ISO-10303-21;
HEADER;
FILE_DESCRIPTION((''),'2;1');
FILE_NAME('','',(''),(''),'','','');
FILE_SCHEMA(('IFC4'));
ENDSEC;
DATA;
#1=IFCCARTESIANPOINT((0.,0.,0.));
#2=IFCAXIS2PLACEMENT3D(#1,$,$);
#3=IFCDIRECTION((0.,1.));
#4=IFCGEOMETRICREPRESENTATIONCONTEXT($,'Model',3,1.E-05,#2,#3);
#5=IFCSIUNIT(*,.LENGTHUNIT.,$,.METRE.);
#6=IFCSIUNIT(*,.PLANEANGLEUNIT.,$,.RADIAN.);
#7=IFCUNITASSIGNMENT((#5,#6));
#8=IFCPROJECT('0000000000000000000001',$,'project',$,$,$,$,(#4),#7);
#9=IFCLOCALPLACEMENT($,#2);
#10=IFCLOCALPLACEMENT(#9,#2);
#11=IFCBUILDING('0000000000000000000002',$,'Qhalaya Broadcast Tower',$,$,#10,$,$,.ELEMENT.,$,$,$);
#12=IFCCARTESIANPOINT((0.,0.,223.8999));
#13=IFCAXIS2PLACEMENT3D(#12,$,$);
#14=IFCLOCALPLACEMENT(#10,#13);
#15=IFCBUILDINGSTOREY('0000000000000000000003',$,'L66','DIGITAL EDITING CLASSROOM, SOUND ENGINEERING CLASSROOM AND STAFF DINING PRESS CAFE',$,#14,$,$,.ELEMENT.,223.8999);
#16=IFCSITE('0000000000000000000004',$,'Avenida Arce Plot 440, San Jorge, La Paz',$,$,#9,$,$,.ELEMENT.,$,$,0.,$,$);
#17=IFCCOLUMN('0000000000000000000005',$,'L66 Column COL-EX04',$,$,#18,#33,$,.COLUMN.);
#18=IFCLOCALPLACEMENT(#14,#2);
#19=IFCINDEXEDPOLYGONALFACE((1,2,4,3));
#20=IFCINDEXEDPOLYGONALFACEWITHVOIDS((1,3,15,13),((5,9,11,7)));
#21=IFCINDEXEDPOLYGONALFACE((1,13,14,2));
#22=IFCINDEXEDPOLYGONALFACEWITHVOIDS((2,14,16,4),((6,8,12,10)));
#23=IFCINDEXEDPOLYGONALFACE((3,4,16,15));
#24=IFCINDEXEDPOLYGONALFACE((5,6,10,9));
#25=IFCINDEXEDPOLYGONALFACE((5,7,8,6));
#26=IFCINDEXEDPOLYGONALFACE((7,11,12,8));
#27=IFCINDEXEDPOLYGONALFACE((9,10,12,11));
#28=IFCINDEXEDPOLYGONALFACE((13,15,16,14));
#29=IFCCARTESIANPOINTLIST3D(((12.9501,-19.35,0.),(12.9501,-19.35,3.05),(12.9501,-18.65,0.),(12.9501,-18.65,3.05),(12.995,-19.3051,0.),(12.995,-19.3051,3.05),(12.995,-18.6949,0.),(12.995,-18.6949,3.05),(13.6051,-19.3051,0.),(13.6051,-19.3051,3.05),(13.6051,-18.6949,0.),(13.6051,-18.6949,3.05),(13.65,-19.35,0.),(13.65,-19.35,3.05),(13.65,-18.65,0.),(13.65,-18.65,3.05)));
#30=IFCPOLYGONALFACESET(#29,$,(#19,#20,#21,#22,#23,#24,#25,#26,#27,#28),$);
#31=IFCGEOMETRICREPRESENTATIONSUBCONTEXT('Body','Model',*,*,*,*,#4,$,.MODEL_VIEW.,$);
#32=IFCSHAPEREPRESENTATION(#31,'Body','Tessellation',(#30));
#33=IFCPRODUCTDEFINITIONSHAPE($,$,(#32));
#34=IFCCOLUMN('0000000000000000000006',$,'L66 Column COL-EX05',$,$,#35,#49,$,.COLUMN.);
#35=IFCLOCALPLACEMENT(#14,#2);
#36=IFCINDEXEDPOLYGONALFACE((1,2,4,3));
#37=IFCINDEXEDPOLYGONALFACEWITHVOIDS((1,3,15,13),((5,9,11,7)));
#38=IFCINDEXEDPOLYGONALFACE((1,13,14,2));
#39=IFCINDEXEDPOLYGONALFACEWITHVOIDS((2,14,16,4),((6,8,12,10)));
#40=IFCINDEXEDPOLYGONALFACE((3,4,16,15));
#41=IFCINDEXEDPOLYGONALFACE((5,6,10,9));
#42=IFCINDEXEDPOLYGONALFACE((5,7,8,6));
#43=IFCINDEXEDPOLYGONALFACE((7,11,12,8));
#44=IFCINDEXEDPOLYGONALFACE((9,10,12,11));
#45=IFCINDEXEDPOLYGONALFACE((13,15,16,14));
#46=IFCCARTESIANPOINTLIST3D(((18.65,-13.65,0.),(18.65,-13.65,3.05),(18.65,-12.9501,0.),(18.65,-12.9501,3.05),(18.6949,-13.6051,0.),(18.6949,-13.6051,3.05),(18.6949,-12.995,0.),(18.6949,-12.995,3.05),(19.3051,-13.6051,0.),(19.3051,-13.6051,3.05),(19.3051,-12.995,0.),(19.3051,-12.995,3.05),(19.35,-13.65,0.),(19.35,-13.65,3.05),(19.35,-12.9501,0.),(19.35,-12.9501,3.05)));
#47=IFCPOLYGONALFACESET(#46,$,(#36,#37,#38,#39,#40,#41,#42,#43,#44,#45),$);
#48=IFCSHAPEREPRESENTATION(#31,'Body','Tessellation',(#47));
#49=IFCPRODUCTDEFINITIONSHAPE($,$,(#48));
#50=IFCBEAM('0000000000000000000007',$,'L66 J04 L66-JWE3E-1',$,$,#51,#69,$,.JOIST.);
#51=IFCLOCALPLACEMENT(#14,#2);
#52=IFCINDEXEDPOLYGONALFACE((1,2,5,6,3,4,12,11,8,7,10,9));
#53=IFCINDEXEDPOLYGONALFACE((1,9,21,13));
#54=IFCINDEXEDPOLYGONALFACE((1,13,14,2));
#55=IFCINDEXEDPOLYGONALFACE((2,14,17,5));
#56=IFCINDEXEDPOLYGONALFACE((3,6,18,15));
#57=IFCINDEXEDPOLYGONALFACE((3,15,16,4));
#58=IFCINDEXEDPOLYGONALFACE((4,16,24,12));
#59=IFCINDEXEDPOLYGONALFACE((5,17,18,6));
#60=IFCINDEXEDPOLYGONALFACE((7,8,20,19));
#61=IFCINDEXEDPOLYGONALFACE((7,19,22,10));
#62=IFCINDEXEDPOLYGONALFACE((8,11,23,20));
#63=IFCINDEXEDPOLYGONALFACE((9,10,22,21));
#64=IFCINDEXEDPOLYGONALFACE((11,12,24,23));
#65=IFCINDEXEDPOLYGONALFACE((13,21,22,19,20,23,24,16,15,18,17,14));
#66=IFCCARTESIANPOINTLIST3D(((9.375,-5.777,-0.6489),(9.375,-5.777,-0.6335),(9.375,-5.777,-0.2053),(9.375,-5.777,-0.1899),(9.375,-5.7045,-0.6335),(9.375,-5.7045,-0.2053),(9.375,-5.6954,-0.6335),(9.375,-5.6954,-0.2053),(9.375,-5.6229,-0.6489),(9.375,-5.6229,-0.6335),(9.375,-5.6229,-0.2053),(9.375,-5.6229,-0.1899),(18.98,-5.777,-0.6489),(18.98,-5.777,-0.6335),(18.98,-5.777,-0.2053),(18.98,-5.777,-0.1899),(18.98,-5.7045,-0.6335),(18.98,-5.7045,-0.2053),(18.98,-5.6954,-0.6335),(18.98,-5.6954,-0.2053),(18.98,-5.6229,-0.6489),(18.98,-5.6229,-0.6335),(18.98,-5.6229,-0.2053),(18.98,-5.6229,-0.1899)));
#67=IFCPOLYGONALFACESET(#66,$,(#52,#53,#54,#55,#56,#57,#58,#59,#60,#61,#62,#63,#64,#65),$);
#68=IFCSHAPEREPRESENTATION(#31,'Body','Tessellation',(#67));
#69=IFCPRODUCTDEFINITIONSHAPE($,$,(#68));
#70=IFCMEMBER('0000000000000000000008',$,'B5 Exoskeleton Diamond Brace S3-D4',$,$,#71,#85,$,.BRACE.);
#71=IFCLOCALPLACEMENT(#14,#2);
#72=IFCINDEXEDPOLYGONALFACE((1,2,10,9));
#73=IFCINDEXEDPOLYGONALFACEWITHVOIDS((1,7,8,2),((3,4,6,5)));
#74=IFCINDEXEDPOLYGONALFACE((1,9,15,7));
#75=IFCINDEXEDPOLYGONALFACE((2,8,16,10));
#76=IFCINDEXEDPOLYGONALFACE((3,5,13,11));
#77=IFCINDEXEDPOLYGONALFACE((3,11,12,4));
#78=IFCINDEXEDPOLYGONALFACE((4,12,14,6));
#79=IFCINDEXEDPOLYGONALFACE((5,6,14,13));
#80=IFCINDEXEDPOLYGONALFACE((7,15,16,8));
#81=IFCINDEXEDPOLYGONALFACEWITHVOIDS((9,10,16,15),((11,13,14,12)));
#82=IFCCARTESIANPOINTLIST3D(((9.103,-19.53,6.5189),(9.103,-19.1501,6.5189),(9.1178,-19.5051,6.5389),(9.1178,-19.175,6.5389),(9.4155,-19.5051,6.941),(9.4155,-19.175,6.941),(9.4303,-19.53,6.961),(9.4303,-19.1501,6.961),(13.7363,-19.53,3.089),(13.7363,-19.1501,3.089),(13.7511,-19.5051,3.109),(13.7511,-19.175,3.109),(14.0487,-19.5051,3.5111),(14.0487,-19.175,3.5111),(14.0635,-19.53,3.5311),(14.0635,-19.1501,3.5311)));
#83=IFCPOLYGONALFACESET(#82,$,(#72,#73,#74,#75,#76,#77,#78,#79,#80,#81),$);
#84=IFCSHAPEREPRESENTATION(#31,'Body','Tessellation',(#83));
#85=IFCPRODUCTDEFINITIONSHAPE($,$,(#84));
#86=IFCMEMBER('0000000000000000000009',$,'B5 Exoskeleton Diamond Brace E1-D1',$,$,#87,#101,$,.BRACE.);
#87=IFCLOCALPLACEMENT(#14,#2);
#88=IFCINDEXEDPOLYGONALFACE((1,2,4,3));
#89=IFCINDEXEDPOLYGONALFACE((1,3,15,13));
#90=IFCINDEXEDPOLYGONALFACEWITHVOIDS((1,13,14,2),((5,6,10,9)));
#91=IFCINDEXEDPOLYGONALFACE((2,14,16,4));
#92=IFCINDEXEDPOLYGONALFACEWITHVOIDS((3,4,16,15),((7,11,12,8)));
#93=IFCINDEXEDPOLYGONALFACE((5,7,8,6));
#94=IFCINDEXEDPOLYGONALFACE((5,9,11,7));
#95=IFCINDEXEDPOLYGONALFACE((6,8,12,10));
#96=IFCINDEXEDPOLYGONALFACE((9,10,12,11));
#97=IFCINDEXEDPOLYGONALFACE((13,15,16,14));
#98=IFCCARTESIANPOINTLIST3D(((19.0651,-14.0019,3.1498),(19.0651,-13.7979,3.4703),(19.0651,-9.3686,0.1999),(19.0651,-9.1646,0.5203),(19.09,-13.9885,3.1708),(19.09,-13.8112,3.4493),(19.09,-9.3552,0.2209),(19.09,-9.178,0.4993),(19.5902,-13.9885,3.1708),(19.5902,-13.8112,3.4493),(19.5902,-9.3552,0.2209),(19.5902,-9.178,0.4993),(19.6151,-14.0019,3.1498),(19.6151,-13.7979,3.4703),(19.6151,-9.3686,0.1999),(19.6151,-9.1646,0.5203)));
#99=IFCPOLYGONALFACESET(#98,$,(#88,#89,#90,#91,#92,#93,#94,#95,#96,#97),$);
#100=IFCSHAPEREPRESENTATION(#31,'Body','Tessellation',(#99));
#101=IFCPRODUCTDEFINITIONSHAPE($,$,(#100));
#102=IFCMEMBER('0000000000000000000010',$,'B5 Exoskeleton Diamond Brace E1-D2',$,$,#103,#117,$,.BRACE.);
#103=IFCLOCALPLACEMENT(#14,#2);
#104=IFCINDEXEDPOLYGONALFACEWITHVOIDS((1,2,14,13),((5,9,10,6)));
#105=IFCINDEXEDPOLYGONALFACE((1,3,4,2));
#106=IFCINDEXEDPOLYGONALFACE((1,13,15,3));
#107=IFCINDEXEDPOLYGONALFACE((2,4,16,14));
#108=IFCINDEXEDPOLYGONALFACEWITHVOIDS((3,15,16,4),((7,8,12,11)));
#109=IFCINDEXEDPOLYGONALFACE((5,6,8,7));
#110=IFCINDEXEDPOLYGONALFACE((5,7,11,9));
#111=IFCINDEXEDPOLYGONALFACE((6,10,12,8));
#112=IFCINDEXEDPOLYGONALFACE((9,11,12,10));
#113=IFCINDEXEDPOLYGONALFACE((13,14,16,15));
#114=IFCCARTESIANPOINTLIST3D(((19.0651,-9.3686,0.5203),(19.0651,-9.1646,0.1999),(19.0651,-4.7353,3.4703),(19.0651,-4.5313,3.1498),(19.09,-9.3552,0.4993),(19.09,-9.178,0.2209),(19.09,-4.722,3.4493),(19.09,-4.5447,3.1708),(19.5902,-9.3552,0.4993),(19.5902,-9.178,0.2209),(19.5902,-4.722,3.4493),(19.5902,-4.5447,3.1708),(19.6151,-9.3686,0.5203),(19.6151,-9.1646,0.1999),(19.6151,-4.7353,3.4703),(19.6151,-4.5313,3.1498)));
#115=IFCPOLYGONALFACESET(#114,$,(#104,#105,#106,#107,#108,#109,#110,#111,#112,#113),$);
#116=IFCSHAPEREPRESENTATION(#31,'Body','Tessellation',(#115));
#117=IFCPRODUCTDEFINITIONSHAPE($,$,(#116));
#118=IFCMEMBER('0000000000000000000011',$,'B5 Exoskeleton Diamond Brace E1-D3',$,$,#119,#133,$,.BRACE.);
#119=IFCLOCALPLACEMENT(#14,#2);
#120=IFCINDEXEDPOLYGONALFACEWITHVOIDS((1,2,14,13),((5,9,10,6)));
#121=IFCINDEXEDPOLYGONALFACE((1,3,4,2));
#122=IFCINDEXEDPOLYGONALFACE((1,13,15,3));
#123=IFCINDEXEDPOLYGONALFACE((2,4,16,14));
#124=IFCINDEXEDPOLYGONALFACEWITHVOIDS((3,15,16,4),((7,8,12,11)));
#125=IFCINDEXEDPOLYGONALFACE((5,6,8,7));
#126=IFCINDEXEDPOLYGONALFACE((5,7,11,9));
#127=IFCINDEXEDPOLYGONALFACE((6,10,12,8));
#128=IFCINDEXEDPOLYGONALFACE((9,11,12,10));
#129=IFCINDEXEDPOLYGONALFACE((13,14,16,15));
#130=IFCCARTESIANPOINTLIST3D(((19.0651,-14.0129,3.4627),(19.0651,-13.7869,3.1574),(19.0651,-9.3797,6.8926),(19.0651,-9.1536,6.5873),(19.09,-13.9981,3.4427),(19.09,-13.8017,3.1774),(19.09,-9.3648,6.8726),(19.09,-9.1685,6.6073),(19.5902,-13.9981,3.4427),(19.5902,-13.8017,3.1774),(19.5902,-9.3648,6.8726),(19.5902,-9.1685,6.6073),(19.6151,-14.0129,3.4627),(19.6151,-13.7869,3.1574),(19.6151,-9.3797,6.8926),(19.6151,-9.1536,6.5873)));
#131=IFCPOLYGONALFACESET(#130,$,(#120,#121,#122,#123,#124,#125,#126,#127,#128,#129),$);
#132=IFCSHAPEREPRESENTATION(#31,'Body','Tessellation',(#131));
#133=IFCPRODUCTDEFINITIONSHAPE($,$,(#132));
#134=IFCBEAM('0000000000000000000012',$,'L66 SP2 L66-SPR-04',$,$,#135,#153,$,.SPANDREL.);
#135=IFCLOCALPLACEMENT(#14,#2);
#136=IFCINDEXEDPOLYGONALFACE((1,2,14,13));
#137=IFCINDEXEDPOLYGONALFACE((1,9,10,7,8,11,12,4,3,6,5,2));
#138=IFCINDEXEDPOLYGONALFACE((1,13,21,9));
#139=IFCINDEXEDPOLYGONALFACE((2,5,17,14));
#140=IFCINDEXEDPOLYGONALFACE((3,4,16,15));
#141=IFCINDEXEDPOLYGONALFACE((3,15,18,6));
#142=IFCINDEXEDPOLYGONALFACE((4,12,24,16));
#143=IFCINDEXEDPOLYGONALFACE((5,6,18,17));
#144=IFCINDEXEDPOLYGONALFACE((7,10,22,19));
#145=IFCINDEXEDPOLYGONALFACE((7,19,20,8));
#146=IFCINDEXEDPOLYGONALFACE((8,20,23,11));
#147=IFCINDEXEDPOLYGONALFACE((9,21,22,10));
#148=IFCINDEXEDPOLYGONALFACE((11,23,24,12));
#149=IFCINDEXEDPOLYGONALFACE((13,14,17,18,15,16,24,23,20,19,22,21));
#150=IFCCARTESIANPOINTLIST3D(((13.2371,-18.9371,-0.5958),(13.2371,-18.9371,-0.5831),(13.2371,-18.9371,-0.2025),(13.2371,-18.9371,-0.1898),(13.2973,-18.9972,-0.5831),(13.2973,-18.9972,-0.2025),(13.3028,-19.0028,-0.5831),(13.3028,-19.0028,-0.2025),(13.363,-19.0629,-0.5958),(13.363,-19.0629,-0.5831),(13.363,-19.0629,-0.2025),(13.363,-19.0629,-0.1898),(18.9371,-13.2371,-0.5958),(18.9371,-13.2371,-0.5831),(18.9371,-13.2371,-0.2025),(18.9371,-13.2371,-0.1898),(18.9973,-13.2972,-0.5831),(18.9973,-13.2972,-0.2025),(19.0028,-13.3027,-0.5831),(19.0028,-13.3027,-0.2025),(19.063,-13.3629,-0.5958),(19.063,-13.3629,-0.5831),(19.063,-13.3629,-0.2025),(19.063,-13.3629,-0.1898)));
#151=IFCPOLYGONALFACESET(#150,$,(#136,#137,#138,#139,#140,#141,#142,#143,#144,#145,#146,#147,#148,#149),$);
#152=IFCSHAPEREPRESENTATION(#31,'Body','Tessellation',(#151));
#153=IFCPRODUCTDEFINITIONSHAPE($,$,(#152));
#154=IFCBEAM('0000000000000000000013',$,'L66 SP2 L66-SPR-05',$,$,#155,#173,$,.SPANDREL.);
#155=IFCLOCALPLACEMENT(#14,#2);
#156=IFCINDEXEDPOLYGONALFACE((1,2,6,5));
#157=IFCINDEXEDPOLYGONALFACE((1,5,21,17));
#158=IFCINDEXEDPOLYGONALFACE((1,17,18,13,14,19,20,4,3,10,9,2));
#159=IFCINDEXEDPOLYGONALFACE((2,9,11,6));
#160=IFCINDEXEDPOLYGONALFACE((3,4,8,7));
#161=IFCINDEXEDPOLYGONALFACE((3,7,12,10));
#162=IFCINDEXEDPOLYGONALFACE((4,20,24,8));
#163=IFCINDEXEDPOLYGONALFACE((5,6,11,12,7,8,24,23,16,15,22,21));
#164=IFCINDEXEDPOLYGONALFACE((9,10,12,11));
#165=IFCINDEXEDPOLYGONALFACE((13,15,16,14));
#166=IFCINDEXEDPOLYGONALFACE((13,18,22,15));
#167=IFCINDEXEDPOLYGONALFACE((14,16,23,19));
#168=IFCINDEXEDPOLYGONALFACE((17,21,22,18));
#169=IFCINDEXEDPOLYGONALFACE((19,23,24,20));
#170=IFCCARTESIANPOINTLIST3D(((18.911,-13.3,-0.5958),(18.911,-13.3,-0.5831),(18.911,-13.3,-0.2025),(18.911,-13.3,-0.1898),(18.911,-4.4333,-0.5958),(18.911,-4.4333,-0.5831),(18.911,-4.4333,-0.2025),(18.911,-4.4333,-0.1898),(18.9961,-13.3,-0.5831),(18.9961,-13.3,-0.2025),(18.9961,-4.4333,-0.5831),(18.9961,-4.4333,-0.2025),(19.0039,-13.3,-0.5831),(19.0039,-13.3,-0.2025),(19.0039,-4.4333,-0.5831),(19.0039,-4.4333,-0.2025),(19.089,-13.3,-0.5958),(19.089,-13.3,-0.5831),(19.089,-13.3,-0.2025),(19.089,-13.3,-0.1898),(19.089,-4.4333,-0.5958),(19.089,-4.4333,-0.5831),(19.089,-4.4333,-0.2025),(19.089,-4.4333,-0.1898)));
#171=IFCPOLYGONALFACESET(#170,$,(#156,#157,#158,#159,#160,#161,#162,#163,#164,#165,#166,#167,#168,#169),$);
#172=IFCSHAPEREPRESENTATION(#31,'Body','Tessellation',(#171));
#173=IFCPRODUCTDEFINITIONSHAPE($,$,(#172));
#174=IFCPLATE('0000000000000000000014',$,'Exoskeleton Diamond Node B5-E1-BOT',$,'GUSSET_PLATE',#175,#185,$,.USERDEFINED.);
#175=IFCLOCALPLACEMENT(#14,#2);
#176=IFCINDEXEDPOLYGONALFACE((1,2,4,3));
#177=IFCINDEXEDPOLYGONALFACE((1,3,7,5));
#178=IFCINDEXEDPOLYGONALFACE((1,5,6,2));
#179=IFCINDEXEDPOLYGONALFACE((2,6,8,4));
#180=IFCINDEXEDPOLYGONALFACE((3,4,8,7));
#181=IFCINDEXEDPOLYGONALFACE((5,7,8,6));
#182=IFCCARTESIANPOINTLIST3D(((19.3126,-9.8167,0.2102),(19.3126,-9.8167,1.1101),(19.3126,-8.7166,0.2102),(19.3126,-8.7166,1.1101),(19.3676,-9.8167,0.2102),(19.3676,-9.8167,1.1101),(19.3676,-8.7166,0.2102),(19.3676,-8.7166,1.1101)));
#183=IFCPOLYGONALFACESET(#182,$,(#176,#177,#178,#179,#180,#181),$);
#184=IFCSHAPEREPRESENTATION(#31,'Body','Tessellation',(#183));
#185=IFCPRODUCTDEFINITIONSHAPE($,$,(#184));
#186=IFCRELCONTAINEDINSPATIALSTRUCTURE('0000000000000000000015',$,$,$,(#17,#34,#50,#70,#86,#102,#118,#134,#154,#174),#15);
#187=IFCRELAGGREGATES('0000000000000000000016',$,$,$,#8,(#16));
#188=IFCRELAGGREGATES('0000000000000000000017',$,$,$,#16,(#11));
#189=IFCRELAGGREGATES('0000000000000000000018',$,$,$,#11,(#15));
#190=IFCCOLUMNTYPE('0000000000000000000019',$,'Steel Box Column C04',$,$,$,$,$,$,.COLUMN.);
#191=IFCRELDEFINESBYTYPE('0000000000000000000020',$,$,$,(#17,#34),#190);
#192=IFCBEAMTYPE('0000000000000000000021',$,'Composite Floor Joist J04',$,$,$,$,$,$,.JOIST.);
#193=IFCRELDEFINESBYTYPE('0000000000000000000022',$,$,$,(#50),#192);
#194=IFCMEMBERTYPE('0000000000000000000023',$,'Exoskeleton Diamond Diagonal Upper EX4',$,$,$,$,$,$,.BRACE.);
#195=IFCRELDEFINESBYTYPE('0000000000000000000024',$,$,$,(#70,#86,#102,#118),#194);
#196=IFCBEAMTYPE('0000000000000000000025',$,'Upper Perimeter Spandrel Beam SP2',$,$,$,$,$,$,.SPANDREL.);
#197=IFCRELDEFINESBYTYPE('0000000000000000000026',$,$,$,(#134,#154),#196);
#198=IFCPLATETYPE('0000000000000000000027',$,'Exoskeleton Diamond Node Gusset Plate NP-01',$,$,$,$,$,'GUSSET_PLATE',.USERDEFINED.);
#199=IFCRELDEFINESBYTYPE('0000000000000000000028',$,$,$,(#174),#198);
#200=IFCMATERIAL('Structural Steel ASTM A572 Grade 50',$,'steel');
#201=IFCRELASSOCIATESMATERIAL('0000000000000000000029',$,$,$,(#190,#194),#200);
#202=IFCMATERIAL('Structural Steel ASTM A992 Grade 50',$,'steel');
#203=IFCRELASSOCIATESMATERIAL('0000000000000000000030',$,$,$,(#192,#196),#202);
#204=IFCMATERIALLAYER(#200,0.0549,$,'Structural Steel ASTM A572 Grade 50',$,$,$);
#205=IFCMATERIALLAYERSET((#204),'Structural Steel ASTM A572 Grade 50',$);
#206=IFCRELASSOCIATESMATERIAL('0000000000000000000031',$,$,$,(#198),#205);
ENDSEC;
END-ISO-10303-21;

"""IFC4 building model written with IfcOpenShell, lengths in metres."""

from ifc_helpers import new_model, si_unit, direction, frame, origin, origin_2d, place, context, subcontext, project, spatial, rectangle, hollow_rectangle, i_section, extrude, material, layer, layer_set, material_profile, profile_set, type_object, element, save


model = new_model("IFC4")

# Units and contexts
model_context = context("Model", 3, precision=1e-05, world=origin(), true_north=direction((0.0, 1.0)))
body_context = subcontext(model_context, "Body", "Model", "MODEL_VIEW")
ifc_project = project(units=[si_unit("LENGTHUNIT", "METRE"), si_unit("PLANEANGLEUNIT", "RADIAN")], contexts=[model_context])

# Site, building, storey
site_placement = place(None, origin())
site = spatial("IfcSite", under=ifc_project, at=site_placement, Name="Avenida Arce Plot 440, San Jorge, La Paz", CompositionType="ELEMENT", RefElevation=0.0)
building_placement = place(site_placement, origin())
building = spatial("IfcBuilding", under=site, at=building_placement, Name="Qhalaya Broadcast Tower", CompositionType="ELEMENT")
storey_placement = place(building_placement, frame((0.0, 0.0, 223.8999)))
storey = spatial("IfcBuildingStorey", under=building, at=storey_placement, Name="L66", Description="DIGITAL EDITING CLASSROOM, SOUND ENGINEERING CLASSROOM AND STAFF DINING PRESS CAFE", CompositionType="ELEMENT", Elevation=223.8999)

# Columns
ifc_material_1 = material(Name="Structural Steel ASTM A572 Grade 50", Category="steel")
ifc_material_profile_1 = material_profile(ifc_material_1, hollow_rectangle(XDim=0.7, YDim=0.7, WallThickness=0.0449, at=origin_2d()), Name="BOX 700x700x45")
ifc_profile_set_1 = profile_set([ifc_material_profile_1], Name="Structural Steel ASTM A572 Grade 50")
column_type = type_object("IfcColumnType", Name="Steel Box Column C04", PredefinedType="COLUMN", material=ifc_profile_set_1)
for number, where, z_axis, x_axis, name in (
    (1, (13.3, -19.0, 0.0), (0.0, 0.0, 1.0), (1.0, 0.0, 0.0), "L66 Column COL-EX04"),
    (2, (19.0, -13.3, 0.0), (0.0, 0.0, 1.0), (0.0, 1.0, 0.0), "L66 Column COL-EX05"),
):
    element("IfcColumn", number, at=place(storey_placement, frame(where, z_axis=z_axis, x_axis=x_axis)), inside=storey, type_object=column_type, Name=name, PredefinedType="COLUMN", context=body_context, shape_type="SweptSolid", body=[
        extrude(hollow_rectangle(XDim=0.7, YDim=0.7, WallThickness=0.0449, at=origin_2d()), origin(), (0.0, 0.0, 1.0), 3.05),
    ])

# Beam
ifc_material_2 = material(Name="Structural Steel ASTM A992 Grade 50", Category="steel")
ifc_material_profile_2 = material_profile(ifc_material_2, i_section(OverallWidth=0.1541, OverallDepth=0.459, WebThickness=0.009, FlangeThickness=0.0154, at=origin_2d()), Name="W18X46")
ifc_profile_set_2 = profile_set([ifc_material_profile_2], Name="Structural Steel ASTM A992 Grade 50")
beam_type_1 = type_object("IfcBeamType", Name="Composite Floor Joist J04", PredefinedType="JOIST", material=ifc_profile_set_2)
beam_1_placement = place(storey_placement, frame((9.375, -5.7, -0.4194), z_axis=(1.0, 0.0, 0.0), x_axis=(0.0, 1.0, 0.0)))
element("IfcBeam", 3, at=beam_1_placement, inside=storey, type_object=beam_type_1, Name="L66 J04 L66-JWE3E-1", PredefinedType="JOIST", context=body_context, shape_type="SweptSolid", body=[
    extrude(i_section(OverallWidth=0.1541, OverallDepth=0.459, WebThickness=0.009, FlangeThickness=0.0154, at=origin_2d()), origin(), (0.0, 0.0, 1.0), 9.605),
])

# Members
ifc_material_profile_3 = material_profile(ifc_material_1, hollow_rectangle(XDim=0.3799, YDim=0.55, WallThickness=0.0249, at=origin_2d()), Name="BOX 380x550x25")
ifc_profile_set_3 = profile_set([ifc_material_profile_3], Name="Structural Steel ASTM A572 Grade 50")
member_type = type_object("IfcMemberType", Name="Exoskeleton Diamond Diagonal Upper EX4", PredefinedType="BRACE", material=ifc_profile_set_3)
member_1_placement = place(storey_placement, frame((13.8999, -19.3401, 3.3101), z_axis=(-0.803735, 0.0, 0.594987), x_axis=(0.0, -1.0, 0.0)))
element("IfcMember", 4, at=member_1_placement, inside=storey, type_object=member_type, Name="B5 Exoskeleton Diamond Brace S3-D4", PredefinedType="BRACE", context=body_context, shape_type="SweptSolid", body=[
    extrude(hollow_rectangle(XDim=0.3799, YDim=0.55, WallThickness=0.0249, at=origin_2d()), origin(), (0.0, 0.0, 1.0), 5.7646),
])
for number, where, z_axis, x_axis, name in (
    (5, (19.3401, -9.2666, 0.3601), (0.0, -0.843539, 0.537068), (0.0, 0.537068, 0.843539), "B5 Exoskeleton Diamond Brace E1-D1"),
    (6, (19.3401, -9.2666, 0.3601), (0.0, 0.843539, 0.537068), (0.0, -0.537068, 0.843539), "B5 Exoskeleton Diamond Brace E1-D2"),
):
    element("IfcMember", number, at=place(storey_placement, frame(where, z_axis=z_axis, x_axis=x_axis)), inside=storey, type_object=member_type, Name=name, PredefinedType="BRACE", context=body_context, shape_type="SweptSolid", body=[
        extrude(hollow_rectangle(XDim=0.3799, YDim=0.55, WallThickness=0.0249, at=origin_2d()), origin(), (0.0, 0.0, 1.0), 5.4927),
    ])
member_2_placement = place(storey_placement, frame((19.3401, -13.8999, 3.3101), z_axis=(0.0, 0.803735, 0.594987), x_axis=(0.0, -0.594987, 0.803735)))
element("IfcMember", 7, at=member_2_placement, inside=storey, type_object=member_type, Name="B5 Exoskeleton Diamond Brace E1-D3", PredefinedType="BRACE", context=body_context, shape_type="SweptSolid", body=[
    extrude(hollow_rectangle(XDim=0.3799, YDim=0.55, WallThickness=0.0249, at=origin_2d()), origin(), (0.0, 0.0, 1.0), 5.7646),
])

# Beams
ifc_material_profile_4 = material_profile(ifc_material_2, i_section(OverallWidth=0.178, OverallDepth=0.406, WebThickness=0.0078, FlangeThickness=0.0127, at=origin_2d()), Name="W16X40")
ifc_profile_set_4 = profile_set([ifc_material_profile_4], Name="Structural Steel ASTM A992 Grade 50")
beam_type_2 = type_object("IfcBeamType", Name="Upper Perimeter Spandrel Beam SP2", PredefinedType="SPANDREL", material=ifc_profile_set_4)
beam_2_placement = place(storey_placement, frame((13.3, -19.0, -0.3928), z_axis=(0.707107, 0.707107, 0.0), x_axis=(-0.707107, 0.707107, 0.0)))
element("IfcBeam", 8, at=beam_2_placement, inside=storey, type_object=beam_type_2, Name="L66 SP2 L66-SPR-04", PredefinedType="SPANDREL", context=body_context, shape_type="SweptSolid", body=[
    extrude(i_section(OverallWidth=0.178, OverallDepth=0.406, WebThickness=0.0078, FlangeThickness=0.0127, at=origin_2d()), origin(), (0.0, 0.0, 1.0), 8.061),
])
beam_3_placement = place(storey_placement, frame((19.0, -13.3, -0.3928), z_axis=(0.0, 1.0, 0.0), x_axis=(-1.0, 0.0, 0.0)))
element("IfcBeam", 9, at=beam_3_placement, inside=storey, type_object=beam_type_2, Name="L66 SP2 L66-SPR-05", PredefinedType="SPANDREL", context=body_context, shape_type="SweptSolid", body=[
    extrude(i_section(OverallWidth=0.178, OverallDepth=0.406, WebThickness=0.0078, FlangeThickness=0.0127, at=origin_2d()), origin(), (0.0, 0.0, 1.0), 8.8667),
])

# Plate
ifc_layer_1 = layer(ifc_material_1, 0.0549, Name="Structural Steel ASTM A572 Grade 50")
ifc_layer_set_1 = layer_set([ifc_layer_1], Name="Structural Steel ASTM A572 Grade 50")
plate_type_1 = type_object("IfcPlateType", Name="Exoskeleton Diamond Node Gusset Plate NP-01", ElementType="GUSSET_PLATE", PredefinedType="USERDEFINED", material=ifc_layer_set_1)
for number, where, z_axis, x_axis, name in (
    (10, (19.3401, -9.2666, 0.2102), (0.0, 0.0, 1.0), (0.0, 1.0, 0.0), "Exoskeleton Diamond Node B5-E1-BOT"),
):
    element("IfcPlate", number, at=place(storey_placement, frame(where, z_axis=z_axis, x_axis=x_axis)), inside=storey, type_object=plate_type_1, Name=name, ObjectType="GUSSET_PLATE", PredefinedType="USERDEFINED", context=body_context, shape_type="SweptSolid", body=[
        extrude(rectangle(XDim=1.1001, YDim=0.0549, at=origin_2d()), origin(), (0.0, 0.0, 1.0), 0.8999),
    ])

save(model, "model.ifc")
